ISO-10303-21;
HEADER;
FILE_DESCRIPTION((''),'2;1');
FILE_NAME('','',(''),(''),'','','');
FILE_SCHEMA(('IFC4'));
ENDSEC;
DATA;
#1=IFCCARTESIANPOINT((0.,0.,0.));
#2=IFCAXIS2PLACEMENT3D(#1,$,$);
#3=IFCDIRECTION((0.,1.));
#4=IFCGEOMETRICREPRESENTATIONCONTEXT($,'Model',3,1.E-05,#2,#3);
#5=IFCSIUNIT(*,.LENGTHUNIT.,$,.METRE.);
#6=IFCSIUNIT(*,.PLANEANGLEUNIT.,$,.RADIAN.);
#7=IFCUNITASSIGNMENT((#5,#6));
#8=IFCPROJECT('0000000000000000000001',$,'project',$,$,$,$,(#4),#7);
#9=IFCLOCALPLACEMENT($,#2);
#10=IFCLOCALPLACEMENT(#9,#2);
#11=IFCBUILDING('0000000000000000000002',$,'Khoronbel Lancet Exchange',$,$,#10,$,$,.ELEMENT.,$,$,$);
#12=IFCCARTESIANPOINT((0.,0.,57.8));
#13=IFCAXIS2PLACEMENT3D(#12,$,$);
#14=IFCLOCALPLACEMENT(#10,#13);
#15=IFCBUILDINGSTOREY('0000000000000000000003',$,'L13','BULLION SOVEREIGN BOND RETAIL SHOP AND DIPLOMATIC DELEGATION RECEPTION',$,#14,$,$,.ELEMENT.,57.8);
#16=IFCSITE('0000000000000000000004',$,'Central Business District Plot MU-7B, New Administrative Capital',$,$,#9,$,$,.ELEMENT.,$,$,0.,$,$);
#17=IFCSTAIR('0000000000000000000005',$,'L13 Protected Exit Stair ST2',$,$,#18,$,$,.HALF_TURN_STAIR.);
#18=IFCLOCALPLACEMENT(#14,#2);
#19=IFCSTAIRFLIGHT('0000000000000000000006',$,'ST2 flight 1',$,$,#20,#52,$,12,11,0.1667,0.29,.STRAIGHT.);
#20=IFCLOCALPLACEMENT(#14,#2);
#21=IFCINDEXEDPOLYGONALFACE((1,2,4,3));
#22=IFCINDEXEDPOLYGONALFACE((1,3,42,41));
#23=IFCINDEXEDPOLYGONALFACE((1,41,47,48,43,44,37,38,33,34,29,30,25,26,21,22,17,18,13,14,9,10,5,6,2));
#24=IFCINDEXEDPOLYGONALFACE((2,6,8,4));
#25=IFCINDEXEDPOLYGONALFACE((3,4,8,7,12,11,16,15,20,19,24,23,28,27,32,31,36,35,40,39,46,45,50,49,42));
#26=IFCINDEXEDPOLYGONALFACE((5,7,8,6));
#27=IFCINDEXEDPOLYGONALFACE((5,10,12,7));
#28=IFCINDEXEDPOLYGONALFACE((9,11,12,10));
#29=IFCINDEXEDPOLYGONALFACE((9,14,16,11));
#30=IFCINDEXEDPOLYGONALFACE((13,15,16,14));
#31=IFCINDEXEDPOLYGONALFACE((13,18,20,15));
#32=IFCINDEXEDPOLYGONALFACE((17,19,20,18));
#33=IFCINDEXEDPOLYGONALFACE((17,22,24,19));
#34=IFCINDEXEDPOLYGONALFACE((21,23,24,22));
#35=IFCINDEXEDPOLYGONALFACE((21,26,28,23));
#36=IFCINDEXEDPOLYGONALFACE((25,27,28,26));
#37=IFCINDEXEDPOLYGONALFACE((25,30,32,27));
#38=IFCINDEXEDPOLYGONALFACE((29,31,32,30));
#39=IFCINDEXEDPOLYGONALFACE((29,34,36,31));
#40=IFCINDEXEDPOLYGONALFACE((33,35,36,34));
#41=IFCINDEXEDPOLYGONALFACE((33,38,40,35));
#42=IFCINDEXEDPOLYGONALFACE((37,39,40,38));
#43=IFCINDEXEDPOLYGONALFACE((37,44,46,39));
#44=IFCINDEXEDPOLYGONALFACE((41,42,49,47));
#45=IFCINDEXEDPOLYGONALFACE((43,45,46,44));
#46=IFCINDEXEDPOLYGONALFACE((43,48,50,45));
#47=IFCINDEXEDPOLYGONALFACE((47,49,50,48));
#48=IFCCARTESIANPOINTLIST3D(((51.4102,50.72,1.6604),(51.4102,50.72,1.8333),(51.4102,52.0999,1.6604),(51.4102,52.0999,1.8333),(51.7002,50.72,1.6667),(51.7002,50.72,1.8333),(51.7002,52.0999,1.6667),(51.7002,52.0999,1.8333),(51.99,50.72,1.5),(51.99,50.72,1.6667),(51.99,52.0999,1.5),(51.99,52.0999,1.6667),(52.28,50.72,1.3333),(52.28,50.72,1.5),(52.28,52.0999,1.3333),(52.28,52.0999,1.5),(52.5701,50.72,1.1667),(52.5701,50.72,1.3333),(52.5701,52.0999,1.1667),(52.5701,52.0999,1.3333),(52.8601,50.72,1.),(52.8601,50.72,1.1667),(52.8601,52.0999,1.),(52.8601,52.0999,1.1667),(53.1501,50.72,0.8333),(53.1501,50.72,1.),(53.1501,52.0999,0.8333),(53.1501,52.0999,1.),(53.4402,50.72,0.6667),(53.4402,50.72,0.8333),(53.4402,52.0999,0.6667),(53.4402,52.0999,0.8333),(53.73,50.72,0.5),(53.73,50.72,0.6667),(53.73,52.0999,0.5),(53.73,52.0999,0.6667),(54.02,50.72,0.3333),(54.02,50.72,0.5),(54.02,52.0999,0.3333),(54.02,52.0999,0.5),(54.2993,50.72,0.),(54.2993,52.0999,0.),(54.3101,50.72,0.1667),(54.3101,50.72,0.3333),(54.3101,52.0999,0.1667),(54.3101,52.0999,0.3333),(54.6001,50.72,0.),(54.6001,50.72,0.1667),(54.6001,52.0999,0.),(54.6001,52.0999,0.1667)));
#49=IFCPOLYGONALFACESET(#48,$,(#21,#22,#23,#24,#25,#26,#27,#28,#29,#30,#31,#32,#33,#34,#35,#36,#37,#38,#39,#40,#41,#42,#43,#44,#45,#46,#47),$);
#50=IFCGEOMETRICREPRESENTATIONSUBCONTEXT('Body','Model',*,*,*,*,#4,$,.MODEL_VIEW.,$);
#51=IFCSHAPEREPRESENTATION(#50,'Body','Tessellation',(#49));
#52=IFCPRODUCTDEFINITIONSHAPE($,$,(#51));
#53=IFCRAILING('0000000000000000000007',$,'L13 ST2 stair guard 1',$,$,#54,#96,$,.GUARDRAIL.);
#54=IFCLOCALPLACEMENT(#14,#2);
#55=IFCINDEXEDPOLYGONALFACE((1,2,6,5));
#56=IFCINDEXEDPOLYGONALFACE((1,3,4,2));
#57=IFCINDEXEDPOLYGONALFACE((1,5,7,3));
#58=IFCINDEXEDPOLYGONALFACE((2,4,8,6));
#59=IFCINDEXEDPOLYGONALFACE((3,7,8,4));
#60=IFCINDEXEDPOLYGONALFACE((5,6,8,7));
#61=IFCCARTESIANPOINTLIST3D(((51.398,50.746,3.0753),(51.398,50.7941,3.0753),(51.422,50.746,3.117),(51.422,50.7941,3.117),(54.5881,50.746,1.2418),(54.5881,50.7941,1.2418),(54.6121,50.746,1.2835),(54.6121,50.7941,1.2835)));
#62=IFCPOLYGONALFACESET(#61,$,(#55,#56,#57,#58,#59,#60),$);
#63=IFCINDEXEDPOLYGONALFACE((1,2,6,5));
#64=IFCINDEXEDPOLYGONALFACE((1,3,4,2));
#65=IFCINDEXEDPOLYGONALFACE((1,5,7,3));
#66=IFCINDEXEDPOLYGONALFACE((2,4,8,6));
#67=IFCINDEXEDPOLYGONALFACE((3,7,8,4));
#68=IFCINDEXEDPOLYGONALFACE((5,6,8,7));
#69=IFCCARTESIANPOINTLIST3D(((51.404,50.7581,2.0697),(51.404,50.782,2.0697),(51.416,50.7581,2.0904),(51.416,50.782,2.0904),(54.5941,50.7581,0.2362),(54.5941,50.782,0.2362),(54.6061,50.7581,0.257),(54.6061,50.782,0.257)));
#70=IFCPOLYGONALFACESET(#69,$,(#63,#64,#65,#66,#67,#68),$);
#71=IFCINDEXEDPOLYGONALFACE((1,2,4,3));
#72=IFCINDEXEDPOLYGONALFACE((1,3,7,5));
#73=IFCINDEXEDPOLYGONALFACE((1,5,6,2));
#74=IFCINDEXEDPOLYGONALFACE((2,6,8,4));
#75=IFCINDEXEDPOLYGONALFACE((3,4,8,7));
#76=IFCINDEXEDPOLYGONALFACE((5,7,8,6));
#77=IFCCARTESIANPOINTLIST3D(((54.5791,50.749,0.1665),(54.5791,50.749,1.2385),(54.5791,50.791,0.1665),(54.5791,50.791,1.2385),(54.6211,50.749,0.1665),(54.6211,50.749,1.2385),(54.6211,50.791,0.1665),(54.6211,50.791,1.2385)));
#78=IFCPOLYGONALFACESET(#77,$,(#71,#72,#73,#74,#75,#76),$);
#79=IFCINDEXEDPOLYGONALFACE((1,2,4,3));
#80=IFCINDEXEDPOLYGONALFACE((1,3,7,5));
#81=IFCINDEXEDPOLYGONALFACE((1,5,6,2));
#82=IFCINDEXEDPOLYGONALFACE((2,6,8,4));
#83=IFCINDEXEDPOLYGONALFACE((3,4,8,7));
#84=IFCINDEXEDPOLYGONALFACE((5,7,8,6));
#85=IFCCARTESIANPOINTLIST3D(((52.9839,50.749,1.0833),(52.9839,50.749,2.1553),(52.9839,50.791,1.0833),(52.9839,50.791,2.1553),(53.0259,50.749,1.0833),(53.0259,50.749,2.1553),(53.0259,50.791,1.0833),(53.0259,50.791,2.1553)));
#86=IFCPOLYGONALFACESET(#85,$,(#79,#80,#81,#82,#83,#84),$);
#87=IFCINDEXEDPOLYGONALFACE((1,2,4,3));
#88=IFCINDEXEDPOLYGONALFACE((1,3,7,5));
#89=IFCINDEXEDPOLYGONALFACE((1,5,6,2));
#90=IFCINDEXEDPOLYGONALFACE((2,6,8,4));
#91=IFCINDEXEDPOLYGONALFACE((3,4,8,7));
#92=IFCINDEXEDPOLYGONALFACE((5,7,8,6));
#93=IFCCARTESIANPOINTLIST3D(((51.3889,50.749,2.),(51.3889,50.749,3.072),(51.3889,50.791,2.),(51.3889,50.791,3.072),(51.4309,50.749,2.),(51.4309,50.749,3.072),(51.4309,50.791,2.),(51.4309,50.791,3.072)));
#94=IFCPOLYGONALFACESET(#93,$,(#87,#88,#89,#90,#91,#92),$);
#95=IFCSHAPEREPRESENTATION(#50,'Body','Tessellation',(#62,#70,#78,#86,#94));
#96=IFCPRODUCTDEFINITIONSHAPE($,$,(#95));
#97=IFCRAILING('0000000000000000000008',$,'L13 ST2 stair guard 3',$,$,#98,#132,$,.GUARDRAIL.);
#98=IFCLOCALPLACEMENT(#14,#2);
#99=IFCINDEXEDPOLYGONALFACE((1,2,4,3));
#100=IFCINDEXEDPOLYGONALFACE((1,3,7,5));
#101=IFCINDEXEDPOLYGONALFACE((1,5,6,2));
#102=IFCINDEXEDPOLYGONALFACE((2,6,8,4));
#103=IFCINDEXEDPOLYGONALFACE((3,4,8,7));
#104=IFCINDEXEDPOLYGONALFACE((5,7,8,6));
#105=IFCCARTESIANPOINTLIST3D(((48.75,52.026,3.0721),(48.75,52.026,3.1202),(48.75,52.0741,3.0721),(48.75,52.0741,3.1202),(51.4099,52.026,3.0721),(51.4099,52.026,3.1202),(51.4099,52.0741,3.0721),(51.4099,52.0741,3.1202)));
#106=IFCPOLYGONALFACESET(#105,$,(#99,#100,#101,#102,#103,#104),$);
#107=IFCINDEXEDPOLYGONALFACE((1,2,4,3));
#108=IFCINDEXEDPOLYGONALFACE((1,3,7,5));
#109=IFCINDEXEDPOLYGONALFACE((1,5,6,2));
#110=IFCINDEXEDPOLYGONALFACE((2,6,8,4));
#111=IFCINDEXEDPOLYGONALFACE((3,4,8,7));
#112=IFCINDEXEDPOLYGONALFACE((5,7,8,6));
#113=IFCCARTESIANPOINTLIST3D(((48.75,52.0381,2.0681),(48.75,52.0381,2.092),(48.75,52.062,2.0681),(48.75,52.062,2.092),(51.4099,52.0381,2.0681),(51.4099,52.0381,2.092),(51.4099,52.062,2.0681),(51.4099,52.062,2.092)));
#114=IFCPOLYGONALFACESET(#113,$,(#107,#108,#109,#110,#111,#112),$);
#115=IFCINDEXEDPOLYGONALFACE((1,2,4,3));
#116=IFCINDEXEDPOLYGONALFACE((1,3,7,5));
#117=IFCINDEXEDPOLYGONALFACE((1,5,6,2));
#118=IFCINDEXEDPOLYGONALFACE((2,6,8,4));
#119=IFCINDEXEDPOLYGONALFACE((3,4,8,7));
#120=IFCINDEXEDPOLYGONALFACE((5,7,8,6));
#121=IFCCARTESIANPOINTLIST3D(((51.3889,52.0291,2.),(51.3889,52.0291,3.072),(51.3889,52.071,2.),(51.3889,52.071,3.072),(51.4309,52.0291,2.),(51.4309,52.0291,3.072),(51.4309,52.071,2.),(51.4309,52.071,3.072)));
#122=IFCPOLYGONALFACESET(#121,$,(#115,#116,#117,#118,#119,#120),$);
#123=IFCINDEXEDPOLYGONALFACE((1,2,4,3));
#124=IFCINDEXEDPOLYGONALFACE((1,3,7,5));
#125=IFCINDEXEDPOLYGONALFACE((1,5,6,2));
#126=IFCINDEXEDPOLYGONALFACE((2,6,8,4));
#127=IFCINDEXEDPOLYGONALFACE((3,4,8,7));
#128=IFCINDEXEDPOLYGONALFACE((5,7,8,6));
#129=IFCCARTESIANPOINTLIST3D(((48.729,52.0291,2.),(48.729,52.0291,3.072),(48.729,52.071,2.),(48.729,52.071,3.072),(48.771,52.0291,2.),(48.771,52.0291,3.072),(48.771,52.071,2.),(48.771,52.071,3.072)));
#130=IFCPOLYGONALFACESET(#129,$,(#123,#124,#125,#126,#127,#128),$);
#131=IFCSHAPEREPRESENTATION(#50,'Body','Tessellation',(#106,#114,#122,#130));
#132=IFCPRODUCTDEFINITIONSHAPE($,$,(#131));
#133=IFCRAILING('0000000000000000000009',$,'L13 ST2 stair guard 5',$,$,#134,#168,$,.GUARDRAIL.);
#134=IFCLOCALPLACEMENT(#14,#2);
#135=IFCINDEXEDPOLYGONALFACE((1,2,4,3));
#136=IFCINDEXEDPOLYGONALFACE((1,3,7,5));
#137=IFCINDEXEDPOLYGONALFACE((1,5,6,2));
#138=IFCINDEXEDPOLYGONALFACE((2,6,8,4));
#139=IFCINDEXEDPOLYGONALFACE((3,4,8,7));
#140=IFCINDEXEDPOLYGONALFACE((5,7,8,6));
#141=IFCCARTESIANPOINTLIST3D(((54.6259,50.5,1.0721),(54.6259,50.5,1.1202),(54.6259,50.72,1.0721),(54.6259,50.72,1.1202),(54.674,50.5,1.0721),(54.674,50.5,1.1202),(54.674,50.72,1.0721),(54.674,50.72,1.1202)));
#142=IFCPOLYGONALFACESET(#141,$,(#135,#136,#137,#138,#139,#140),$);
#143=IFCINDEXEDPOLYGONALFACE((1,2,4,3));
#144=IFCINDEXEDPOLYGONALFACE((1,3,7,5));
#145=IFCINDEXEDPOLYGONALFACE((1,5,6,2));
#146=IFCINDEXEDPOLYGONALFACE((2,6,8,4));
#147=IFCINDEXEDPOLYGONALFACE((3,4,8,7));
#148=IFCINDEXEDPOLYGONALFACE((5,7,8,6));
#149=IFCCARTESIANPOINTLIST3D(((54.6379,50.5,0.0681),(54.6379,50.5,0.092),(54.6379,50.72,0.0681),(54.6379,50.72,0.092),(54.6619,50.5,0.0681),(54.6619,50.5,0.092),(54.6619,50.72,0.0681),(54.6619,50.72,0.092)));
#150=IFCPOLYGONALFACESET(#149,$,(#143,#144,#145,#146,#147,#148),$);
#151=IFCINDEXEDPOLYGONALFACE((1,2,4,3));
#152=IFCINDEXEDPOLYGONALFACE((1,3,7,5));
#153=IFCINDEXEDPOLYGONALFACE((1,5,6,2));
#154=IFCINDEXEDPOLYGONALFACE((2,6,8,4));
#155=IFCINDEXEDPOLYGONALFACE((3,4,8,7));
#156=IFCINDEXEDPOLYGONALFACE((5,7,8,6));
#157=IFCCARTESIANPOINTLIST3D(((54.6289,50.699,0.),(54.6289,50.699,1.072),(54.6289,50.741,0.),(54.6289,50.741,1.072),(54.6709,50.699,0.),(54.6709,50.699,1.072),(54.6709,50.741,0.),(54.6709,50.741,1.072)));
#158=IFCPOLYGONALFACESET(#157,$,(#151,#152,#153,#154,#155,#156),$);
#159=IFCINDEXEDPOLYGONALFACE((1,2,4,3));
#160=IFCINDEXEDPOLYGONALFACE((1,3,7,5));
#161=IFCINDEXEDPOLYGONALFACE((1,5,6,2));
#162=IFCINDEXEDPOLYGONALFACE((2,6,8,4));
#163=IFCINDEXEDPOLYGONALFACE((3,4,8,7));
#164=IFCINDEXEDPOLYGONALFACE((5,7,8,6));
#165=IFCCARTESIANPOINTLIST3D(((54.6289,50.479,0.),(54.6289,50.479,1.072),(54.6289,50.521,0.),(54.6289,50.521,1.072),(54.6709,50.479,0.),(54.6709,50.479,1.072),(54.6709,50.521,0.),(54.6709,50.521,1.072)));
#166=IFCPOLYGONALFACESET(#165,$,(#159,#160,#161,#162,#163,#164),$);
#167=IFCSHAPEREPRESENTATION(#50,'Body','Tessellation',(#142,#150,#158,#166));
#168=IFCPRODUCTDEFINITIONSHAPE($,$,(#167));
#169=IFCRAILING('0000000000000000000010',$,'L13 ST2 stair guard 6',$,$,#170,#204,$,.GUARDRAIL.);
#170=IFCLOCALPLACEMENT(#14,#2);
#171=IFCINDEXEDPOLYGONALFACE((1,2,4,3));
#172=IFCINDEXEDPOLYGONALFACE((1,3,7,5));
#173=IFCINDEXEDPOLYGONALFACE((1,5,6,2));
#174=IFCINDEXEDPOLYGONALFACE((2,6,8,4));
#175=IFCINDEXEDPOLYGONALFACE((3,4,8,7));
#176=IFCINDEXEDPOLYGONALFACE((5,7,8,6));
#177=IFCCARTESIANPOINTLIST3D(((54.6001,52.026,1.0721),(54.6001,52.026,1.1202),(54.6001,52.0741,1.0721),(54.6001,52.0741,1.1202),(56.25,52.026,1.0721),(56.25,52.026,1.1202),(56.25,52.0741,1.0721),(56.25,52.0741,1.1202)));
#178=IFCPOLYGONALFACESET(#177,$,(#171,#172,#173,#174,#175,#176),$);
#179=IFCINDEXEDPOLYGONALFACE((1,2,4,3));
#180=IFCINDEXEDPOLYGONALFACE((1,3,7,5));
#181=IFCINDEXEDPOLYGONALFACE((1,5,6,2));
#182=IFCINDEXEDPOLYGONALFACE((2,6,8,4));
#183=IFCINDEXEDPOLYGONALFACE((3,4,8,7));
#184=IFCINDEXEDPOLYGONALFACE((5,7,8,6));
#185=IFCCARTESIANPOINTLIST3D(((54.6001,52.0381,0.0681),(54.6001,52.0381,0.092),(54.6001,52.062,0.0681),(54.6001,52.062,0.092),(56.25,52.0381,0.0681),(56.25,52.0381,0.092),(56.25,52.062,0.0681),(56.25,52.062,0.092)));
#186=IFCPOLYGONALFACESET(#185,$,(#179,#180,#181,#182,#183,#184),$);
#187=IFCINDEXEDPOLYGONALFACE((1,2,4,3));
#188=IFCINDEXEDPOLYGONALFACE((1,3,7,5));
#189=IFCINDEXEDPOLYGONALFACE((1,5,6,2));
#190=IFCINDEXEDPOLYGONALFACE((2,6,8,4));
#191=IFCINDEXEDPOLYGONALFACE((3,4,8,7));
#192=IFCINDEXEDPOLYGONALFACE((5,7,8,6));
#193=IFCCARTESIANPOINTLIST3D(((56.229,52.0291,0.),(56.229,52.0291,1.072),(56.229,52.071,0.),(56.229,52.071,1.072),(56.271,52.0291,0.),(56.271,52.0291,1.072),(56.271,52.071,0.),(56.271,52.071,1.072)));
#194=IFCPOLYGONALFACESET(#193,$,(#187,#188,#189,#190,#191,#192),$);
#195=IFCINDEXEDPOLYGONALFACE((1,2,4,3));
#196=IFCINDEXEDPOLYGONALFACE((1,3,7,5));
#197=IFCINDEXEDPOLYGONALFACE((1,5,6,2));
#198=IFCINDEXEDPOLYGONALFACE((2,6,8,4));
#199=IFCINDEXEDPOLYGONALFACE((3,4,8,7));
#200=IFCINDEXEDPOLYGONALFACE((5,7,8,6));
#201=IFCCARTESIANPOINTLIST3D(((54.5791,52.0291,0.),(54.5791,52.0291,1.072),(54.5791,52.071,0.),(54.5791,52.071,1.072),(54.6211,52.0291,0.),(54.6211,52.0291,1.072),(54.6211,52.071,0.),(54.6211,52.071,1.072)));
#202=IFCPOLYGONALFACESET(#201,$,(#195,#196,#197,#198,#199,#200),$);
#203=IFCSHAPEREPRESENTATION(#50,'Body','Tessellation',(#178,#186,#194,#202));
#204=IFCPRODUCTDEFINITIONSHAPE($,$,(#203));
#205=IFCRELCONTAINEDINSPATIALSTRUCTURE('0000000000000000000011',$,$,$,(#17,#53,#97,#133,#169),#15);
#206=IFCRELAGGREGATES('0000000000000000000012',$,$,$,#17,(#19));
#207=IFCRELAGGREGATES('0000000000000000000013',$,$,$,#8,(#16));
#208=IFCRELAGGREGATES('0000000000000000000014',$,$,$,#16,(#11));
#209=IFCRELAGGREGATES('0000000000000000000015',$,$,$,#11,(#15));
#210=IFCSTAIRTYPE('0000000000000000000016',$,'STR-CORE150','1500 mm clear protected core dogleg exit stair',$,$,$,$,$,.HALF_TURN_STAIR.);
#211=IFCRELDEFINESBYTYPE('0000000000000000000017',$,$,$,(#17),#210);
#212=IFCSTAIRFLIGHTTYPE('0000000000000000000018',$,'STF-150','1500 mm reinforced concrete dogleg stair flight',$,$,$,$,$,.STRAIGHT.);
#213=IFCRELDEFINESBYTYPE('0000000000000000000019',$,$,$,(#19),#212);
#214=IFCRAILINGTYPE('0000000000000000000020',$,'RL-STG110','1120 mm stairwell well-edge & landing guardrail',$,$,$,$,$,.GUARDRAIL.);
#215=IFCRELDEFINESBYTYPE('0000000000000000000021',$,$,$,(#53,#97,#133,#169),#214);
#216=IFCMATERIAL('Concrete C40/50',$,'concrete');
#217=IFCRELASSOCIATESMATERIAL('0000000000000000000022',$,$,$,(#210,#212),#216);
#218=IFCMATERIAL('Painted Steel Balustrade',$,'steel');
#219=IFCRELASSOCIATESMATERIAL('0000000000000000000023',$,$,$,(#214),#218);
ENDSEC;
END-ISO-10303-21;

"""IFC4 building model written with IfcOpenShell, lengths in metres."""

from ifc_helpers import new_model, si_unit, direction, frame, origin, origin_2d, place, context, subcontext, project, spatial, polyline, rectangle, outline, extrude, material, type_object, element, aggregate, save


model = new_model("IFC4")

# Units and contexts
model_context = context("Model", 3, precision=1e-05, world=origin(), true_north=direction((0.0, 1.0)))
body_context = subcontext(model_context, "Body", "Model", "MODEL_VIEW")
ifc_project = project(units=[si_unit("LENGTHUNIT", "METRE"), si_unit("PLANEANGLEUNIT", "RADIAN")], contexts=[model_context])

# Site, building, storey
site_placement = place(None, origin())
site = spatial("IfcSite", under=ifc_project, at=site_placement, Name="Central Business District Plot MU-7B, New Administrative Capital", CompositionType="ELEMENT", RefElevation=0.0)
building_placement = place(site_placement, origin())
building = spatial("IfcBuilding", under=site, at=building_placement, Name="Khoronbel Lancet Exchange", CompositionType="ELEMENT")
storey_placement = place(building_placement, frame((0.0, 0.0, 57.8)))
storey = spatial("IfcBuildingStorey", under=building, at=storey_placement, Name="L13", Description="BULLION SOVEREIGN BOND RETAIL SHOP AND DIPLOMATIC DELEGATION RECEPTION", CompositionType="ELEMENT", Elevation=57.8)

# Stair, stair flight
ifc_material_1 = material(Name="Concrete C40/50", Category="concrete")
stair_type = type_object("IfcStairType", Name="STR-CORE150", Description="1500 mm clear protected core dogleg exit stair", PredefinedType="HALF_TURN_STAIR", material=ifc_material_1)
stair_placement = place(storey_placement, origin())
stair = element("IfcStair", 1, at=stair_placement, inside=storey, type_object=stair_type, Name="L13 Protected Exit Stair ST2", PredefinedType="HALF_TURN_STAIR")
stair_flight_type = type_object("IfcStairFlightType", Name="STF-150", Description="1500 mm reinforced concrete dogleg stair flight", PredefinedType="STRAIGHT", material=ifc_material_1)
stair_flight_placement = place(storey_placement, frame((54.6001, 51.4099, 0.0), z_axis=(0.0, 0.0, 1.0), x_axis=(-1.0, 0.0, 0.0)))
stair_flight = element("IfcStairFlight", 2, at=stair_flight_placement, type_object=stair_flight_type, Name="ST2 flight 1", NumberOfRisers=12, NumberOfTreads=11, PredefinedType="STRAIGHT", RiserHeight=0.1667, TreadLength=0.29, context=body_context, shape_type="SweptSolid", body=[
    extrude(outline(polyline([(0.0, 0.0), (0.0, 0.1667), (0.29, 0.1667), (0.29, 0.3333), (0.5801, 0.3333), (0.5801, 0.5), (0.8701, 0.5), (0.8701, 0.6667), (1.1599, 0.6667), (1.1599, 0.8333), (1.45, 0.8333), (1.45, 1.0), (1.74, 1.0), (1.74, 1.1667), (2.03, 1.1667), (2.03, 1.3333), (2.3201, 1.3333), (2.3201, 1.5), (2.6101, 1.5), (2.6101, 1.6667), (2.8999, 1.6667), (2.8999, 1.8333), (3.1899, 1.8333), (3.1899, 2.0), (3.1899, 1.6604), (0.3008, 0.0), (0.0, 0.0)])), frame((0.0, 0.6899, 0.0), z_axis=(0.0, -1.0, 0.0), x_axis=(1.0, 0.0, 0.0)), (0.0, 0.0, 1.0), 1.3799),
])
aggregate(stair, [stair_flight])

# Railings
ifc_material_2 = material(Name="Painted Steel Balustrade", Category="steel")
railing_type_1 = type_object("IfcRailingType", Name="RL-STG110", Description="1120 mm stairwell well-edge & landing guardrail", PredefinedType="GUARDRAIL", material=ifc_material_2)
railing_1_placement = place(storey_placement, frame((54.6001, 50.77, 0.1665)))
element("IfcRailing", 3, at=railing_1_placement, inside=storey, type_object=railing_type_1, Name="L13 ST2 stair guard 1", PredefinedType="GUARDRAIL", context=body_context, shape_type="SweptSolid", body=[
    extrude(rectangle(XDim=0.0481, YDim=0.0481, at=origin_2d()), frame((0.0, 0.0, 1.0962), z_axis=(-0.867007, 0.0, 0.498295), x_axis=(0.0, -1.0, 0.0)), (0.0, 0.0, 1.0), 3.6794),
    extrude(rectangle(XDim=0.0239, YDim=0.0239, at=origin_2d()), frame((0.0, 0.0, 0.0801), z_axis=(-0.867007, 0.0, 0.498295), x_axis=(0.0, -1.0, 0.0)), (0.0, 0.0, 1.0), 3.6794),
    extrude(rectangle(XDim=0.042, YDim=0.042, at=origin_2d()), origin(), (0.0, 0.0, 1.0), 1.072),
    extrude(rectangle(XDim=0.042, YDim=0.042, at=origin_2d()), frame((-1.5952, 0.0, 0.9167)), (0.0, 0.0, 1.0), 1.072),
    extrude(rectangle(XDim=0.042, YDim=0.042, at=origin_2d()), frame((-3.1902, 0.0, 1.8335)), (0.0, 0.0, 1.0), 1.072),
])
railing_2_placement = place(storey_placement, frame((51.4099, 52.05, 2.0)))
element("IfcRailing", 4, at=railing_2_placement, inside=storey, type_object=railing_type_1, Name="L13 ST2 stair guard 3", PredefinedType="GUARDRAIL", context=body_context, shape_type="SweptSolid", body=[
    extrude(rectangle(XDim=0.0481, YDim=0.0481, at=origin_2d()), frame((0.0, 0.0, 1.0962), z_axis=(-1.0, 0.0, 0.0), x_axis=(0.0, -1.0, 0.0)), (0.0, 0.0, 1.0), 2.6599),
    extrude(rectangle(XDim=0.0239, YDim=0.0239, at=origin_2d()), frame((0.0, 0.0, 0.0801), z_axis=(-1.0, 0.0, 0.0), x_axis=(0.0, -1.0, 0.0)), (0.0, 0.0, 1.0), 2.6599),
    extrude(rectangle(XDim=0.042, YDim=0.042, at=origin_2d()), origin(), (0.0, 0.0, 1.0), 1.072),
    extrude(rectangle(XDim=0.042, YDim=0.042, at=origin_2d()), frame((-2.6599, 0.0, 0.0)), (0.0, 0.0, 1.0), 1.072),
])
railing_3_placement = place(storey_placement, frame((54.6499, 50.72, 0.0)))
element("IfcRailing", 5, at=railing_3_placement, inside=storey, type_object=railing_type_1, Name="L13 ST2 stair guard 5", PredefinedType="GUARDRAIL", context=body_context, shape_type="SweptSolid", body=[
    extrude(rectangle(XDim=0.0481, YDim=0.0481, at=origin_2d()), frame((0.0, 0.0, 1.0962), z_axis=(0.0, -1.0, 0.0), x_axis=(1.0, 0.0, 0.0)), (0.0, 0.0, 1.0), 0.22),
    extrude(rectangle(XDim=0.0239, YDim=0.0239, at=origin_2d()), frame((0.0, 0.0, 0.0801), z_axis=(0.0, -1.0, 0.0), x_axis=(1.0, 0.0, 0.0)), (0.0, 0.0, 1.0), 0.22),
    extrude(rectangle(XDim=0.042, YDim=0.042, at=origin_2d()), origin(), (0.0, 0.0, 1.0), 1.072),
    extrude(rectangle(XDim=0.042, YDim=0.042, at=origin_2d()), frame((0.0, -0.22, 0.0)), (0.0, 0.0, 1.0), 1.072),
])
railing_4_placement = place(storey_placement, frame((56.25, 52.05, 0.0)))
element("IfcRailing", 6, at=railing_4_placement, inside=storey, type_object=railing_type_1, Name="L13 ST2 stair guard 6", PredefinedType="GUARDRAIL", context=body_context, shape_type="SweptSolid", body=[
    extrude(rectangle(XDim=0.0481, YDim=0.0481, at=origin_2d()), frame((0.0, 0.0, 1.0962), z_axis=(-1.0, 0.0, 0.0), x_axis=(0.0, -1.0, 0.0)), (0.0, 0.0, 1.0), 1.6499),
    extrude(rectangle(XDim=0.0239, YDim=0.0239, at=origin_2d()), frame((0.0, 0.0, 0.0801), z_axis=(-1.0, 0.0, 0.0), x_axis=(0.0, -1.0, 0.0)), (0.0, 0.0, 1.0), 1.6499),
    extrude(rectangle(XDim=0.042, YDim=0.042, at=origin_2d()), origin(), (0.0, 0.0, 1.0), 1.072),
    extrude(rectangle(XDim=0.042, YDim=0.042, at=origin_2d()), frame((-1.6499, 0.0, 0.0)), (0.0, 0.0, 1.0), 1.072),
])

save(model, "model.ifc")
